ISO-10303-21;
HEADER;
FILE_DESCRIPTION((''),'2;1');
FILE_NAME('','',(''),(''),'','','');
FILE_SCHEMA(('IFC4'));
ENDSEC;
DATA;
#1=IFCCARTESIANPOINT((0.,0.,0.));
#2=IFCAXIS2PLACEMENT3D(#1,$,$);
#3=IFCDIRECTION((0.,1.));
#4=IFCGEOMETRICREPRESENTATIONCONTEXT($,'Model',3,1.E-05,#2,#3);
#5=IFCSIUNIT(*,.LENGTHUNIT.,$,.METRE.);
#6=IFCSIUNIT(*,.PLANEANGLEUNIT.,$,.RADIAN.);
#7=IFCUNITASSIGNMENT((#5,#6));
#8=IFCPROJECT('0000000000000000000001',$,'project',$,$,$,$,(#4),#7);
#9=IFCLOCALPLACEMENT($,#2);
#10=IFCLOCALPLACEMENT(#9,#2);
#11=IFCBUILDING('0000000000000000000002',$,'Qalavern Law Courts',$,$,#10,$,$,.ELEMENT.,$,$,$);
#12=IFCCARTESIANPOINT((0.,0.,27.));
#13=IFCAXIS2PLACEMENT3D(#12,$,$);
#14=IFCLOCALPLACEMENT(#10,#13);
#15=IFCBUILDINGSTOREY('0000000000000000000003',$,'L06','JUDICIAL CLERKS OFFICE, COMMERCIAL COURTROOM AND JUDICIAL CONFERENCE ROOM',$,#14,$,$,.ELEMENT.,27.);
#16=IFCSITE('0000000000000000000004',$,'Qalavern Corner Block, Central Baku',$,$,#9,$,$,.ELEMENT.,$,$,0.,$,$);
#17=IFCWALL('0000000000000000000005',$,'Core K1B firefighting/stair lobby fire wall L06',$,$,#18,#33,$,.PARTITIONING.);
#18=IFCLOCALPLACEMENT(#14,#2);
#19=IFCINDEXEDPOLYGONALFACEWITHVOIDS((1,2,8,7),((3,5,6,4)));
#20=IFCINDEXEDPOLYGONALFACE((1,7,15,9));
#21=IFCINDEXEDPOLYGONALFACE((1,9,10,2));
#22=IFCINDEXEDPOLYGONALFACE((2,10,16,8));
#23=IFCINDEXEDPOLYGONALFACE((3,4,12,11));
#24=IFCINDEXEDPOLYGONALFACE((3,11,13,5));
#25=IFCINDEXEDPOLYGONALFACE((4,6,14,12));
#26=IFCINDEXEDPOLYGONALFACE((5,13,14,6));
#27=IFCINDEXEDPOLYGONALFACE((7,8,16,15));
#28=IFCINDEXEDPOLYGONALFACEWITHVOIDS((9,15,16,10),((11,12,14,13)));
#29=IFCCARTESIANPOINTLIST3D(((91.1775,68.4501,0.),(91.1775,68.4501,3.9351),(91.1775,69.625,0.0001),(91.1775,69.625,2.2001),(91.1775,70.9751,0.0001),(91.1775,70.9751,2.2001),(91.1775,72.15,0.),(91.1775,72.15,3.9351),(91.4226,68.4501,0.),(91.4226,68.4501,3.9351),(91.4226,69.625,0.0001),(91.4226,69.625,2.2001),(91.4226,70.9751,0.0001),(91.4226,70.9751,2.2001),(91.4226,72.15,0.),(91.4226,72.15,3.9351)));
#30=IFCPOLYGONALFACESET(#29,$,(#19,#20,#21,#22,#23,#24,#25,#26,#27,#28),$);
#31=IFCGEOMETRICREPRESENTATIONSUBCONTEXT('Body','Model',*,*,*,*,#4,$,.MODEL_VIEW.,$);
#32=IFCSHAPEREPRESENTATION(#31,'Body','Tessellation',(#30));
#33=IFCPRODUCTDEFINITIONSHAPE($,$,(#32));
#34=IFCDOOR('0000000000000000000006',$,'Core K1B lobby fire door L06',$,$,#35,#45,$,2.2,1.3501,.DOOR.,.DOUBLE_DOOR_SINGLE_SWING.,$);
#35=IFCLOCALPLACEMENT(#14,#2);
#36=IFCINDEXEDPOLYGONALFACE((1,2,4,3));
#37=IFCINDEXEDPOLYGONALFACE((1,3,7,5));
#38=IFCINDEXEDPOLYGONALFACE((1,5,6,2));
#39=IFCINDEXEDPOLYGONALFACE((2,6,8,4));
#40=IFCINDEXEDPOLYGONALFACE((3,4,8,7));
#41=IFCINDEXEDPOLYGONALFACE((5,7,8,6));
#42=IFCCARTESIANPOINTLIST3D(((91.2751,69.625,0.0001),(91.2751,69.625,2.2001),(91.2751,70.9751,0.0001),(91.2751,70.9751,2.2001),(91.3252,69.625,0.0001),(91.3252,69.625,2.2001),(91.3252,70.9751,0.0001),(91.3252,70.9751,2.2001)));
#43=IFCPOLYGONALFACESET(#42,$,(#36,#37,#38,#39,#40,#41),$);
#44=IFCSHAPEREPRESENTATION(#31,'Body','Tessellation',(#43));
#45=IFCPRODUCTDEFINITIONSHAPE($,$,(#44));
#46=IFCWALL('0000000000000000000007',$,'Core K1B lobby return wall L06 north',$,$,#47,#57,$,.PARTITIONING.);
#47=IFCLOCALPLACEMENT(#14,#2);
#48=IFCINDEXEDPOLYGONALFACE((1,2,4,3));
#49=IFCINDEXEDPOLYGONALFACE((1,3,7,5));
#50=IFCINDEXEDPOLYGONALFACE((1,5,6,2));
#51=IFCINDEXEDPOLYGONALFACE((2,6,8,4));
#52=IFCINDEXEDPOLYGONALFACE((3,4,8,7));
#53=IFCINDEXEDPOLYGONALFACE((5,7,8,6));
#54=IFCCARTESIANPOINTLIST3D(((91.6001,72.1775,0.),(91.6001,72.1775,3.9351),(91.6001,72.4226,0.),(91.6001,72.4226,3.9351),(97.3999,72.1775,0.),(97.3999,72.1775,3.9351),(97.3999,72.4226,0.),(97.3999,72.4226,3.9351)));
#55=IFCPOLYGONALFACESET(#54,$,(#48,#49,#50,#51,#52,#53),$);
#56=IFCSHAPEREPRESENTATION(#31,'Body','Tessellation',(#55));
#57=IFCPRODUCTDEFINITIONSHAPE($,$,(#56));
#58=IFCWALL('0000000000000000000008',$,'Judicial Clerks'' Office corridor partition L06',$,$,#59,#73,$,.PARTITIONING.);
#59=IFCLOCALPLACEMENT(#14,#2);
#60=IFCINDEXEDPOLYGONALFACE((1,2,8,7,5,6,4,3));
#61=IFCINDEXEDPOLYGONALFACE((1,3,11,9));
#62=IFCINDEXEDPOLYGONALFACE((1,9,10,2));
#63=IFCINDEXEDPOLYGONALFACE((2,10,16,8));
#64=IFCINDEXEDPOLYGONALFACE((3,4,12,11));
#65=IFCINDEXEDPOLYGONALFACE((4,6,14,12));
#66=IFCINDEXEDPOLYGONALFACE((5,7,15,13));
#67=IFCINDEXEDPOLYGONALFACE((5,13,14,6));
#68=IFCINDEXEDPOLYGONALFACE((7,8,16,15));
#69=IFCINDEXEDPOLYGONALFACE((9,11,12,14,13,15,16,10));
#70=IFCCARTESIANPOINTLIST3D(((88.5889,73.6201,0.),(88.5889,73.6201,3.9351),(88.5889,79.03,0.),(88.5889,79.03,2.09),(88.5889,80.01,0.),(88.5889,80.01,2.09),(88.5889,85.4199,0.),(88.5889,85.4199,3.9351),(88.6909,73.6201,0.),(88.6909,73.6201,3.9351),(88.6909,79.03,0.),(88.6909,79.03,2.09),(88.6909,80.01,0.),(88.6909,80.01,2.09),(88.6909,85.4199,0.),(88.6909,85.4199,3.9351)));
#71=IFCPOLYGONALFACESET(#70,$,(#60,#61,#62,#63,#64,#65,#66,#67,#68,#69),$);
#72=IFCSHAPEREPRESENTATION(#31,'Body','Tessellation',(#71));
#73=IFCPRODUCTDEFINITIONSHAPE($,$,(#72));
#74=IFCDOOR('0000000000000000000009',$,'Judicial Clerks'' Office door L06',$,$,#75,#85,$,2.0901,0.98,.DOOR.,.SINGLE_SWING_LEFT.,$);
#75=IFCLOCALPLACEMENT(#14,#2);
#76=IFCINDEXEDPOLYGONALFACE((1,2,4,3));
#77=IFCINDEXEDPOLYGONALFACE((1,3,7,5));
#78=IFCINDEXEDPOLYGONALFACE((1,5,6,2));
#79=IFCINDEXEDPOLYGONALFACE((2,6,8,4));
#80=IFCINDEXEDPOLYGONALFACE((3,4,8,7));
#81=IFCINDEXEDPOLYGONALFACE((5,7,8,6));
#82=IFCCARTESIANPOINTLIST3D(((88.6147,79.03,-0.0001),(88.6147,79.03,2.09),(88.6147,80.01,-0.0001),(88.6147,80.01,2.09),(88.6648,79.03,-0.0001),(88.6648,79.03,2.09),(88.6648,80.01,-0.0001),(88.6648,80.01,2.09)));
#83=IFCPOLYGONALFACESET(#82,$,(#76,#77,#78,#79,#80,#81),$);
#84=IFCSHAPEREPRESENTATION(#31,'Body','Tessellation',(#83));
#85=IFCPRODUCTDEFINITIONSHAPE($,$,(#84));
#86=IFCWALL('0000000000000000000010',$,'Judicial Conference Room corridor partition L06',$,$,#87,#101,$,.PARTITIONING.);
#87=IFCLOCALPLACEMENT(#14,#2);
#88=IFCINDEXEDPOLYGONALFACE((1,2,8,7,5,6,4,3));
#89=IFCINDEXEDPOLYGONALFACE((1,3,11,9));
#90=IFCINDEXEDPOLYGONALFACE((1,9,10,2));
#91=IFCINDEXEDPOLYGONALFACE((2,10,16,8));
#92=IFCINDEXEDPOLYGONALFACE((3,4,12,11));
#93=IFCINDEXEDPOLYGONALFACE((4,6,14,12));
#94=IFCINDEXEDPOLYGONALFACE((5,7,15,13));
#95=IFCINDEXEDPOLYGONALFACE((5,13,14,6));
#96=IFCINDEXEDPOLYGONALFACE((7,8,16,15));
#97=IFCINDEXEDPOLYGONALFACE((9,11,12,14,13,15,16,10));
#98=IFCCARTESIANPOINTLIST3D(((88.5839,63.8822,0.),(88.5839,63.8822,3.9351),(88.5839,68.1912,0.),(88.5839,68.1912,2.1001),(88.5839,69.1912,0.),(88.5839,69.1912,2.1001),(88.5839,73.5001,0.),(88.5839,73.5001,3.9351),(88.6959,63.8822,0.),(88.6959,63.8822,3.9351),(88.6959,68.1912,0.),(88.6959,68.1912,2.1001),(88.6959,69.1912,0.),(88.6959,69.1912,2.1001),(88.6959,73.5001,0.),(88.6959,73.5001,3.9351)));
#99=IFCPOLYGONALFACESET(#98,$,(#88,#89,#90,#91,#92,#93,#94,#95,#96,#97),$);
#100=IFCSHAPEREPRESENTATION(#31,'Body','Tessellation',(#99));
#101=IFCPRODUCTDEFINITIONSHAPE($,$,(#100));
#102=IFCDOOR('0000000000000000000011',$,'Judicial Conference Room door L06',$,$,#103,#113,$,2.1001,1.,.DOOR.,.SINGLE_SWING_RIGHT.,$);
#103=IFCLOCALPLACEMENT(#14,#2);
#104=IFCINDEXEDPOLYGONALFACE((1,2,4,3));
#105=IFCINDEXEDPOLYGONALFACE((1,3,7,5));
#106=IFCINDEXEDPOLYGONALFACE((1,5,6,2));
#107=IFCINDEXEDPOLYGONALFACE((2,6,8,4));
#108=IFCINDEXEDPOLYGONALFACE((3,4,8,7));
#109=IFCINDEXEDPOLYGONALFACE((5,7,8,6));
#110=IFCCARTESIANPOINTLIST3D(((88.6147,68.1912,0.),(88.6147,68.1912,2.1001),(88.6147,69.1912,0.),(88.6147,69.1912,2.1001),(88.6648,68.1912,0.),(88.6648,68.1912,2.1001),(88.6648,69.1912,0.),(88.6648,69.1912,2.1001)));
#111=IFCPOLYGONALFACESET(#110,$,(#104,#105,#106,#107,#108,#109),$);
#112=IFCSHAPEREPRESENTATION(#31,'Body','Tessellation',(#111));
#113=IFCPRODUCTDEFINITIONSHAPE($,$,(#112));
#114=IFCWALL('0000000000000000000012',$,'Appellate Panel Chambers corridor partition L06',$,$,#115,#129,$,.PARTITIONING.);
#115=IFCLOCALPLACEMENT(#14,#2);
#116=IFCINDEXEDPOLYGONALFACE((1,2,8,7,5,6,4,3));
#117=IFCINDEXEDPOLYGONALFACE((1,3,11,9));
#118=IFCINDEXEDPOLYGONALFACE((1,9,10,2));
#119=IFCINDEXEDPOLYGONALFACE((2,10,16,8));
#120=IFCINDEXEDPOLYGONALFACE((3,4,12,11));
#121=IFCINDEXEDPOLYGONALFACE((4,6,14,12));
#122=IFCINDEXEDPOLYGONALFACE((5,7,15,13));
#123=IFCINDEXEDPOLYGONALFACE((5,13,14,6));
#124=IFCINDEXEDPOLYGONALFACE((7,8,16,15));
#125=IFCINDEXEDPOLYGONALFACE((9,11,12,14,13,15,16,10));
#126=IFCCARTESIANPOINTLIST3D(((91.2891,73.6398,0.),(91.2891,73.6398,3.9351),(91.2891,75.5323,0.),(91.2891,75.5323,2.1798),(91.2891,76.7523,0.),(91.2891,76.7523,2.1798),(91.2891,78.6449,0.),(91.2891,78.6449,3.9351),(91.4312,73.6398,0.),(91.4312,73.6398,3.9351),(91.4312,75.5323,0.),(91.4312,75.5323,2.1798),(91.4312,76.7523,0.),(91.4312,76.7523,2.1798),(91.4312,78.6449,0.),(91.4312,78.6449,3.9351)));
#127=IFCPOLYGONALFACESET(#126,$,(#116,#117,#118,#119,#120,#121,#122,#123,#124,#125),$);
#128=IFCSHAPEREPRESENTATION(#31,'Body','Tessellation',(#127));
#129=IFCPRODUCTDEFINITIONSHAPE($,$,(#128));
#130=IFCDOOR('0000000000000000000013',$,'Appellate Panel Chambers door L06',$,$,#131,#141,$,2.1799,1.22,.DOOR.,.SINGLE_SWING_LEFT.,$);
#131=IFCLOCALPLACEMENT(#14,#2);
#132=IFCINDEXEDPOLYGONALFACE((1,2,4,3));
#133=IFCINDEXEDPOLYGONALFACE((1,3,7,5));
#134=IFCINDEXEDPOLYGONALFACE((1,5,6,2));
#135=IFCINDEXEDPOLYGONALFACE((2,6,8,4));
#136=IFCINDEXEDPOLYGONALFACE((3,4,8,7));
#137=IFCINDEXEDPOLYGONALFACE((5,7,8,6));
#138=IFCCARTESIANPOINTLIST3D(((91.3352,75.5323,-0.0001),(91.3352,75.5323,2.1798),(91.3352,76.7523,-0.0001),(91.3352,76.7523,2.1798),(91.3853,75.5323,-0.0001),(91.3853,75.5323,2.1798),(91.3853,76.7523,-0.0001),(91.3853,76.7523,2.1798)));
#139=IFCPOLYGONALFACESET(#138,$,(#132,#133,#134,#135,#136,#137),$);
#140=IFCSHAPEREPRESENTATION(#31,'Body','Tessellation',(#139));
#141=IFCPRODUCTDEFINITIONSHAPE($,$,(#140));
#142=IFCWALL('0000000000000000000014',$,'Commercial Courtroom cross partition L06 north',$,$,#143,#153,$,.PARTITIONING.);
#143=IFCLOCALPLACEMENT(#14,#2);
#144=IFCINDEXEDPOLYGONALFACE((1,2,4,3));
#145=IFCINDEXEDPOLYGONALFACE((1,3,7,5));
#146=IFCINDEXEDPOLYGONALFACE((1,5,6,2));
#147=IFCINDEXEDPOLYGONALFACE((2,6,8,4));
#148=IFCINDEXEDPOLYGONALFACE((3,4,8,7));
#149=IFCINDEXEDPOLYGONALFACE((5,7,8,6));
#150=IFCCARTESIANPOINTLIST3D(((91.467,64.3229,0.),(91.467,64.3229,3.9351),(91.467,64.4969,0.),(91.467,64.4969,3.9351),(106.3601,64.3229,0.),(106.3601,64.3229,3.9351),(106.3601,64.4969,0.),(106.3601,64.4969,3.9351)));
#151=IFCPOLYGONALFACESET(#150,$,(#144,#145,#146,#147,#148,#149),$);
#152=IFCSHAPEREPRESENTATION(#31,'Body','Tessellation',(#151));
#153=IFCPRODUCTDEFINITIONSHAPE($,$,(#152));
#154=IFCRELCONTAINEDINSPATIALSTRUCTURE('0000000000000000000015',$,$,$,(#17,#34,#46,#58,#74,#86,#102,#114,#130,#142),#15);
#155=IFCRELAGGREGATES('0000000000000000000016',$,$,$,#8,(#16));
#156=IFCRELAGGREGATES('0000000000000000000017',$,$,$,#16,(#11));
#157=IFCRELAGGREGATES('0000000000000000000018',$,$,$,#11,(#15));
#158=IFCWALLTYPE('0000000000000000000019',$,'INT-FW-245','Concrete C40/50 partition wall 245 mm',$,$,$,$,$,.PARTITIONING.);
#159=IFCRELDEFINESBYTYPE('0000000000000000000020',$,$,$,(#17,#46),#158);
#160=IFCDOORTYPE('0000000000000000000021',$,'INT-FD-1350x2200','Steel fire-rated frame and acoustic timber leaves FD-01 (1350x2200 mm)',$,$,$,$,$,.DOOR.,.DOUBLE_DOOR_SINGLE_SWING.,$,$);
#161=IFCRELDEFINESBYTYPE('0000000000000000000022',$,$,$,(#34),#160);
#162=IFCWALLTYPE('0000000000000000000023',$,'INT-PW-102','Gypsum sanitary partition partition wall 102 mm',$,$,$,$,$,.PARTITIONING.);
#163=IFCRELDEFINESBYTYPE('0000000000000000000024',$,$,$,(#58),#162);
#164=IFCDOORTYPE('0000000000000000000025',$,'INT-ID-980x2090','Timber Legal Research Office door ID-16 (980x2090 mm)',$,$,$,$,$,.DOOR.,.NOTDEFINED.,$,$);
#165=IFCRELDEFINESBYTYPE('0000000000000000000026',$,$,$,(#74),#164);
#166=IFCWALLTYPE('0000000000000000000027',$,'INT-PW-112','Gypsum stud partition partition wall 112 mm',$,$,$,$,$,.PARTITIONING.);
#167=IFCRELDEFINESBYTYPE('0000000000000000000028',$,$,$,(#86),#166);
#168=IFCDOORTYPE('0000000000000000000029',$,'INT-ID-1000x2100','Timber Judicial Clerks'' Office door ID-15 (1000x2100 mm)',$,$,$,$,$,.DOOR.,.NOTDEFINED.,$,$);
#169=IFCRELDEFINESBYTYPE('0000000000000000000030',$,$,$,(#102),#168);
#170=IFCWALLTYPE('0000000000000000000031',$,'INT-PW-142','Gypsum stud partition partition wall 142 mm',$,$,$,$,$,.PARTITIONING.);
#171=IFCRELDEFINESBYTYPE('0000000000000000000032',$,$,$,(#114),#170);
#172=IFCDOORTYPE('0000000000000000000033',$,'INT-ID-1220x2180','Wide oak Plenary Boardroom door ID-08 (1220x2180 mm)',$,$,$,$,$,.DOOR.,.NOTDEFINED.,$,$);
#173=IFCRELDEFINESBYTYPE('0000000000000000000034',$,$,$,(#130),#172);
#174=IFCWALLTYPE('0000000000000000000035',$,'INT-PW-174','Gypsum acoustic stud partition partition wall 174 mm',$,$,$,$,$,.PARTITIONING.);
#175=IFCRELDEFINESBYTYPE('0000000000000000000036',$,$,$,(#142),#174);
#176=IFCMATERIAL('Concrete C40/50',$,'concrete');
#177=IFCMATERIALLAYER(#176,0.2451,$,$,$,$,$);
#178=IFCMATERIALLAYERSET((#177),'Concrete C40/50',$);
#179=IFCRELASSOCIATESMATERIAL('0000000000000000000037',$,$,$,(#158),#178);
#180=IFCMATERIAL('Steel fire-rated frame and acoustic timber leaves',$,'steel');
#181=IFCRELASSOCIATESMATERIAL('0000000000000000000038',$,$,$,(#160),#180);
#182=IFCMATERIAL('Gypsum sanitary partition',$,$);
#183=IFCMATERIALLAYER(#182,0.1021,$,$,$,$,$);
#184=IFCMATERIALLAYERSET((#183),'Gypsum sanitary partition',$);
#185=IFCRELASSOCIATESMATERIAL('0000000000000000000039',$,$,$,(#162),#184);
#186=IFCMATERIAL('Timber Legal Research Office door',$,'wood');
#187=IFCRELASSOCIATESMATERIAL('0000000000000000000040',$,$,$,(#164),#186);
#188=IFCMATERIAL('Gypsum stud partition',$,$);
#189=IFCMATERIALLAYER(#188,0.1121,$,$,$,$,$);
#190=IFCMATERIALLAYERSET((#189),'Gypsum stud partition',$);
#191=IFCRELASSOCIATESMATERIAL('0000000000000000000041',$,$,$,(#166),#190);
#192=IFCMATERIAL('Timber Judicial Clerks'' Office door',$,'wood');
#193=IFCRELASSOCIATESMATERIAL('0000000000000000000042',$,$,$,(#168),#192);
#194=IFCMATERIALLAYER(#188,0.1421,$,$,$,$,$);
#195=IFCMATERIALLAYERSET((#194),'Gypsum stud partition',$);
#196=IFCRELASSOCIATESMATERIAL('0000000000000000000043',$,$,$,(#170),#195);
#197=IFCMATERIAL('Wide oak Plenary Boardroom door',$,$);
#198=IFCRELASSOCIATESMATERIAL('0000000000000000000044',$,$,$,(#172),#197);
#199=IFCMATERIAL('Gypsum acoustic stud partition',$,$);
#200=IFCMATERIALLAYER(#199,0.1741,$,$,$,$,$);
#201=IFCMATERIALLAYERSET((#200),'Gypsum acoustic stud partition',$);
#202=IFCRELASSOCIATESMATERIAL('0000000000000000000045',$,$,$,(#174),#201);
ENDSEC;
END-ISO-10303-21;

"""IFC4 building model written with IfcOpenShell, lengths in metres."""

from ifc_helpers import new_model, si_unit, direction, frame, frame_2d, origin, place, context, subcontext, project, spatial, rectangle, extrude, material, layer, layer_set, type_object, element, fill, save


model = new_model("IFC4")

# Units and contexts
model_context = context("Model", 3, precision=1e-05, world=origin(), true_north=direction((0.0, 1.0)))
body_context = subcontext(model_context, "Body", "Model", "MODEL_VIEW")
ifc_project = project(units=[si_unit("LENGTHUNIT", "METRE"), si_unit("PLANEANGLEUNIT", "RADIAN")], contexts=[model_context])

# Site, building, storey
site_placement = place(None, origin())
site = spatial("IfcSite", under=ifc_project, at=site_placement, Name="Qalavern Corner Block, Central Baku", CompositionType="ELEMENT", RefElevation=0.0)
building_placement = place(site_placement, origin())
building = spatial("IfcBuilding", under=site, at=building_placement, Name="Qalavern Law Courts", CompositionType="ELEMENT")
storey_placement = place(building_placement, frame((0.0, 0.0, 27.0)))
storey = spatial("IfcBuildingStorey", under=building, at=storey_placement, Name="L06", Description="JUDICIAL CLERKS OFFICE, COMMERCIAL COURTROOM AND JUDICIAL CONFERENCE ROOM", CompositionType="ELEMENT", Elevation=27.0)

# Shared definitions
ifc_material_1 = material(Name="Concrete C40/50", Category="concrete")

# Wall, opening, door
ifc_layer_1 = layer(ifc_material_1, 0.2451)
ifc_layer_set_1 = layer_set([ifc_layer_1], Name="Concrete C40/50")
wall_type_1 = type_object("IfcWallType", Name="INT-FW-245", Description="Concrete C40/50 partition wall 245 mm", PredefinedType="PARTITIONING", material=ifc_layer_set_1)
wall_1_placement = place(storey_placement, frame((91.3, 68.45, 0.0), z_axis=(0.0, 0.0, 1.0), x_axis=(0.0, 1.0, 0.0)))
wall_1 = element("IfcWall", 1, at=wall_1_placement, inside=storey, type_object=wall_type_1, Name="Core K1B firefighting/stair lobby fire wall L06", PredefinedType="PARTITIONING", context=body_context, shape_type="SweptSolid", body=[
    extrude(rectangle(XDim=3.7, YDim=0.2451, at=frame_2d((1.8501, 0.0))), origin(), (0.0, 0.0, 1.0), 3.9351),
])
opening_1_placement = place(wall_1_placement, frame((1.175, 0.0, 0.0)))
opening_1 = element("IfcOpeningElement", 2, at=opening_1_placement, cuts=wall_1, PredefinedType="OPENING", context=body_context, shape_type="SweptSolid", body=[
    extrude(rectangle(XDim=1.3501, YDim=2.2, at=frame_2d((0.675, 1.1001))), frame((0.0, 0.1375, 0.0), z_axis=(0.0, -1.0, 0.0), x_axis=(1.0, 0.0, 0.0)), (0.0, 0.0, 1.0), 0.2749),
])
ifc_material_2 = material(Name="Steel fire-rated frame and acoustic timber leaves", Category="steel")
door_type_1 = type_object("IfcDoorType", Name="INT-FD-1350x2200", Description="Steel fire-rated frame and acoustic timber leaves FD-01 (1350x2200 mm)", OperationType="DOUBLE_DOOR_SINGLE_SWING", PredefinedType="DOOR", material=ifc_material_2)
door_1_placement = place(opening_1_placement, origin())
door_1 = element("IfcDoor", 3, at=door_1_placement, inside=storey, type_object=door_type_1, Name="Core K1B lobby fire door L06", OperationType="DOUBLE_DOOR_SINGLE_SWING", OverallHeight=2.2, OverallWidth=1.3501, PredefinedType="DOOR", context=body_context, shape_type="SweptSolid", body=[
    extrude(rectangle(XDim=1.3501, YDim=2.2, at=frame_2d((0.675, 1.1001))), frame((0.0, 0.0249, 0.0), z_axis=(0.0, -1.0, 0.0), x_axis=(1.0, 0.0, 0.0)), (0.0, 0.0, 1.0), 0.05),
])
fill(opening_1, door_1)

# Wall
wall_2_placement = place(storey_placement, frame((91.6001, 72.3, 0.0), z_axis=(0.0, 0.0, 1.0), x_axis=(1.0, 0.0, 0.0)))
element("IfcWall", 4, at=wall_2_placement, inside=storey, type_object=wall_type_1, Name="Core K1B lobby return wall L06 north", PredefinedType="PARTITIONING", context=body_context, shape_type="SweptSolid", body=[
    extrude(rectangle(XDim=5.7998, YDim=0.2451, at=frame_2d((2.8999, 0.0))), origin(), (0.0, 0.0, 1.0), 3.9351),
])

# Walls, openings, doors
ifc_material_3 = material(Name="Gypsum sanitary partition")
ifc_layer_2 = layer(ifc_material_3, 0.1021)
ifc_layer_set_2 = layer_set([ifc_layer_2], Name="Gypsum sanitary partition")
wall_type_2 = type_object("IfcWallType", Name="INT-PW-102", Description="Gypsum sanitary partition partition wall 102 mm", PredefinedType="PARTITIONING", material=ifc_layer_set_2)
wall_3_placement = place(storey_placement, frame((88.6399, 73.6201, 0.0), z_axis=(0.0, 0.0, 1.0), x_axis=(0.0, 1.0, 0.0)))
wall_3 = element("IfcWall", 5, at=wall_3_placement, inside=storey, type_object=wall_type_2, Name="Judicial Clerks' Office corridor partition L06", PredefinedType="PARTITIONING", context=body_context, shape_type="SweptSolid", body=[
    extrude(rectangle(XDim=11.7998, YDim=0.1021, at=frame_2d((5.8999, 0.0))), origin(), (0.0, 0.0, 1.0), 3.9351),
])
opening_2_placement = place(wall_3_placement, frame((5.4099, 0.0, 0.0)))
opening_2 = element("IfcOpeningElement", 6, at=opening_2_placement, cuts=wall_3, PredefinedType="OPENING", context=body_context, shape_type="SweptSolid", body=[
    extrude(rectangle(XDim=0.98, YDim=2.0901, at=frame_2d((0.49, 1.0449))), frame((0.0, 0.0659, 0.0), z_axis=(0.0, -1.0, 0.0), x_axis=(1.0, 0.0, 0.0)), (0.0, 0.0, 1.0), 0.1318),
])
ifc_material_4 = material(Name="Timber Legal Research Office door", Category="wood")
door_type_2 = type_object("IfcDoorType", Name="INT-ID-980x2090", Description="Timber Legal Research Office door ID-16 (980x2090 mm)", OperationType="NOTDEFINED", PredefinedType="DOOR", material=ifc_material_4)
door_2_placement = place(opening_2_placement, frame((0.98, 0.0, 0.0), z_axis=(0.0, 0.0, 1.0), x_axis=(-1.0, 0.0, 0.0)))
door_2 = element("IfcDoor", 7, at=door_2_placement, inside=storey, type_object=door_type_2, Name="Judicial Clerks' Office door L06", OperationType="SINGLE_SWING_LEFT", OverallHeight=2.0901, OverallWidth=0.98, PredefinedType="DOOR", context=body_context, shape_type="SweptSolid", body=[
    extrude(rectangle(XDim=0.98, YDim=2.0901, at=frame_2d((0.49, 1.0449))), frame((0.0, 0.0249, 0.0), z_axis=(0.0, -1.0, 0.0), x_axis=(1.0, 0.0, 0.0)), (0.0, 0.0, 1.0), 0.05),
])
fill(opening_2, door_2)
ifc_material_5 = material(Name="Gypsum stud partition")
ifc_layer_3 = layer(ifc_material_5, 0.1121)
ifc_layer_set_3 = layer_set([ifc_layer_3], Name="Gypsum stud partition")
wall_type_3 = type_object("IfcWallType", Name="INT-PW-112", Description="Gypsum stud partition partition wall 112 mm", PredefinedType="PARTITIONING", material=ifc_layer_set_3)
wall_4_placement = place(storey_placement, frame((88.6399, 63.8821, 0.0), z_axis=(0.0, 0.0, 1.0), x_axis=(0.0, 1.0, 0.0)))
wall_4 = element("IfcWall", 8, at=wall_4_placement, inside=storey, type_object=wall_type_3, Name="Judicial Conference Room corridor partition L06", PredefinedType="PARTITIONING", context=body_context, shape_type="SweptSolid", body=[
    extrude(rectangle(XDim=9.6179, YDim=0.1121, at=frame_2d((4.8091, 0.0))), origin(), (0.0, 0.0, 1.0), 3.9351),
])
opening_3_placement = place(wall_4_placement, frame((4.3091, 0.0, 0.0)))
opening_3 = element("IfcOpeningElement", 9, at=opening_3_placement, cuts=wall_4, PredefinedType="OPENING", context=body_context, shape_type="SweptSolid", body=[
    extrude(rectangle(XDim=1.0, YDim=2.1001, at=frame_2d((0.5, 1.05))), frame((0.0, 0.0708, 0.0), z_axis=(0.0, -1.0, 0.0), x_axis=(1.0, 0.0, 0.0)), (0.0, 0.0, 1.0), 0.1418),
])
ifc_material_6 = material(Name="Timber Judicial Clerks' Office door", Category="wood")
door_type_3 = type_object("IfcDoorType", Name="INT-ID-1000x2100", Description="Timber Judicial Clerks' Office door ID-15 (1000x2100 mm)", OperationType="NOTDEFINED", PredefinedType="DOOR", material=ifc_material_6)
door_3_placement = place(opening_3_placement, frame((1.0, 0.0, 0.0), z_axis=(0.0, 0.0, 1.0), x_axis=(-1.0, 0.0, 0.0)))
door_3 = element("IfcDoor", 10, at=door_3_placement, inside=storey, type_object=door_type_3, Name="Judicial Conference Room door L06", OperationType="SINGLE_SWING_RIGHT", OverallHeight=2.1001, OverallWidth=1.0, PredefinedType="DOOR", context=body_context, shape_type="SweptSolid", body=[
    extrude(rectangle(XDim=1.0, YDim=2.1001, at=frame_2d((0.5, 1.05))), frame((0.0, 0.0249, 0.0), z_axis=(0.0, -1.0, 0.0), x_axis=(1.0, 0.0, 0.0)), (0.0, 0.0, 1.0), 0.05),
])
fill(opening_3, door_3)
ifc_layer_4 = layer(ifc_material_5, 0.1421)
ifc_layer_set_4 = layer_set([ifc_layer_4], Name="Gypsum stud partition")
wall_type_4 = type_object("IfcWallType", Name="INT-PW-142", Description="Gypsum stud partition partition wall 142 mm", PredefinedType="PARTITIONING", material=ifc_layer_set_4)
wall_5_placement = place(storey_placement, frame((91.3601, 73.6399, 0.0), z_axis=(0.0, 0.0, 1.0), x_axis=(0.0, 1.0, 0.0)))
wall_5 = element("IfcWall", 11, at=wall_5_placement, inside=storey, type_object=wall_type_4, Name="Appellate Panel Chambers corridor partition L06", PredefinedType="PARTITIONING", context=body_context, shape_type="SweptSolid", body=[
    extrude(rectangle(XDim=5.0051, YDim=0.1421, at=frame_2d((2.5024, 0.0))), origin(), (0.0, 0.0, 1.0), 3.9351),
])
opening_4_placement = place(wall_5_placement, frame((1.8926, 0.0, 0.0)))
opening_4 = element("IfcOpeningElement", 12, at=opening_4_placement, cuts=wall_5, PredefinedType="OPENING", context=body_context, shape_type="SweptSolid", body=[
    extrude(rectangle(XDim=1.22, YDim=2.1799, at=frame_2d((0.6099, 1.0898))), frame((0.0, 0.0859, 0.0), z_axis=(0.0, -1.0, 0.0), x_axis=(1.0, 0.0, 0.0)), (0.0, 0.0, 1.0), 0.1719),
])
ifc_material_7 = material(Name="Wide oak Plenary Boardroom door")
door_type_4 = type_object("IfcDoorType", Name="INT-ID-1220x2180", Description="Wide oak Plenary Boardroom door ID-08 (1220x2180 mm)", OperationType="NOTDEFINED", PredefinedType="DOOR", material=ifc_material_7)
door_4_placement = place(opening_4_placement, origin())
door_4 = element("IfcDoor", 13, at=door_4_placement, inside=storey, type_object=door_type_4, Name="Appellate Panel Chambers door L06", OperationType="SINGLE_SWING_LEFT", OverallHeight=2.1799, OverallWidth=1.22, PredefinedType="DOOR", context=body_context, shape_type="SweptSolid", body=[
    extrude(rectangle(XDim=1.22, YDim=2.1799, at=frame_2d((0.6099, 1.0898))), frame((0.0, 0.0249, 0.0), z_axis=(0.0, -1.0, 0.0), x_axis=(1.0, 0.0, 0.0)), (0.0, 0.0, 1.0), 0.05),
])
fill(opening_4, door_4)

# Wall
ifc_material_8 = material(Name="Gypsum acoustic stud partition")
ifc_layer_5 = layer(ifc_material_8, 0.1741)
ifc_layer_set_5 = layer_set([ifc_layer_5], Name="Gypsum acoustic stud partition")
wall_type_5 = type_object("IfcWallType", Name="INT-PW-174", Description="Gypsum acoustic stud partition partition wall 174 mm", PredefinedType="PARTITIONING", material=ifc_layer_set_5)
wall_6_placement = place(storey_placement, frame((91.467, 64.4099, 0.0), z_axis=(0.0, 0.0, 1.0), x_axis=(1.0, 0.0, 0.0)))
element("IfcWall", 14, at=wall_6_placement, inside=storey, type_object=wall_type_5, Name="Commercial Courtroom cross partition L06 north", PredefinedType="PARTITIONING", context=body_context, shape_type="SweptSolid", body=[
    extrude(rectangle(XDim=14.8931, YDim=0.1741, at=frame_2d((7.4465, 0.0))), origin(), (0.0, 0.0, 1.0), 3.9351),
])

save(model, "model.ifc")
